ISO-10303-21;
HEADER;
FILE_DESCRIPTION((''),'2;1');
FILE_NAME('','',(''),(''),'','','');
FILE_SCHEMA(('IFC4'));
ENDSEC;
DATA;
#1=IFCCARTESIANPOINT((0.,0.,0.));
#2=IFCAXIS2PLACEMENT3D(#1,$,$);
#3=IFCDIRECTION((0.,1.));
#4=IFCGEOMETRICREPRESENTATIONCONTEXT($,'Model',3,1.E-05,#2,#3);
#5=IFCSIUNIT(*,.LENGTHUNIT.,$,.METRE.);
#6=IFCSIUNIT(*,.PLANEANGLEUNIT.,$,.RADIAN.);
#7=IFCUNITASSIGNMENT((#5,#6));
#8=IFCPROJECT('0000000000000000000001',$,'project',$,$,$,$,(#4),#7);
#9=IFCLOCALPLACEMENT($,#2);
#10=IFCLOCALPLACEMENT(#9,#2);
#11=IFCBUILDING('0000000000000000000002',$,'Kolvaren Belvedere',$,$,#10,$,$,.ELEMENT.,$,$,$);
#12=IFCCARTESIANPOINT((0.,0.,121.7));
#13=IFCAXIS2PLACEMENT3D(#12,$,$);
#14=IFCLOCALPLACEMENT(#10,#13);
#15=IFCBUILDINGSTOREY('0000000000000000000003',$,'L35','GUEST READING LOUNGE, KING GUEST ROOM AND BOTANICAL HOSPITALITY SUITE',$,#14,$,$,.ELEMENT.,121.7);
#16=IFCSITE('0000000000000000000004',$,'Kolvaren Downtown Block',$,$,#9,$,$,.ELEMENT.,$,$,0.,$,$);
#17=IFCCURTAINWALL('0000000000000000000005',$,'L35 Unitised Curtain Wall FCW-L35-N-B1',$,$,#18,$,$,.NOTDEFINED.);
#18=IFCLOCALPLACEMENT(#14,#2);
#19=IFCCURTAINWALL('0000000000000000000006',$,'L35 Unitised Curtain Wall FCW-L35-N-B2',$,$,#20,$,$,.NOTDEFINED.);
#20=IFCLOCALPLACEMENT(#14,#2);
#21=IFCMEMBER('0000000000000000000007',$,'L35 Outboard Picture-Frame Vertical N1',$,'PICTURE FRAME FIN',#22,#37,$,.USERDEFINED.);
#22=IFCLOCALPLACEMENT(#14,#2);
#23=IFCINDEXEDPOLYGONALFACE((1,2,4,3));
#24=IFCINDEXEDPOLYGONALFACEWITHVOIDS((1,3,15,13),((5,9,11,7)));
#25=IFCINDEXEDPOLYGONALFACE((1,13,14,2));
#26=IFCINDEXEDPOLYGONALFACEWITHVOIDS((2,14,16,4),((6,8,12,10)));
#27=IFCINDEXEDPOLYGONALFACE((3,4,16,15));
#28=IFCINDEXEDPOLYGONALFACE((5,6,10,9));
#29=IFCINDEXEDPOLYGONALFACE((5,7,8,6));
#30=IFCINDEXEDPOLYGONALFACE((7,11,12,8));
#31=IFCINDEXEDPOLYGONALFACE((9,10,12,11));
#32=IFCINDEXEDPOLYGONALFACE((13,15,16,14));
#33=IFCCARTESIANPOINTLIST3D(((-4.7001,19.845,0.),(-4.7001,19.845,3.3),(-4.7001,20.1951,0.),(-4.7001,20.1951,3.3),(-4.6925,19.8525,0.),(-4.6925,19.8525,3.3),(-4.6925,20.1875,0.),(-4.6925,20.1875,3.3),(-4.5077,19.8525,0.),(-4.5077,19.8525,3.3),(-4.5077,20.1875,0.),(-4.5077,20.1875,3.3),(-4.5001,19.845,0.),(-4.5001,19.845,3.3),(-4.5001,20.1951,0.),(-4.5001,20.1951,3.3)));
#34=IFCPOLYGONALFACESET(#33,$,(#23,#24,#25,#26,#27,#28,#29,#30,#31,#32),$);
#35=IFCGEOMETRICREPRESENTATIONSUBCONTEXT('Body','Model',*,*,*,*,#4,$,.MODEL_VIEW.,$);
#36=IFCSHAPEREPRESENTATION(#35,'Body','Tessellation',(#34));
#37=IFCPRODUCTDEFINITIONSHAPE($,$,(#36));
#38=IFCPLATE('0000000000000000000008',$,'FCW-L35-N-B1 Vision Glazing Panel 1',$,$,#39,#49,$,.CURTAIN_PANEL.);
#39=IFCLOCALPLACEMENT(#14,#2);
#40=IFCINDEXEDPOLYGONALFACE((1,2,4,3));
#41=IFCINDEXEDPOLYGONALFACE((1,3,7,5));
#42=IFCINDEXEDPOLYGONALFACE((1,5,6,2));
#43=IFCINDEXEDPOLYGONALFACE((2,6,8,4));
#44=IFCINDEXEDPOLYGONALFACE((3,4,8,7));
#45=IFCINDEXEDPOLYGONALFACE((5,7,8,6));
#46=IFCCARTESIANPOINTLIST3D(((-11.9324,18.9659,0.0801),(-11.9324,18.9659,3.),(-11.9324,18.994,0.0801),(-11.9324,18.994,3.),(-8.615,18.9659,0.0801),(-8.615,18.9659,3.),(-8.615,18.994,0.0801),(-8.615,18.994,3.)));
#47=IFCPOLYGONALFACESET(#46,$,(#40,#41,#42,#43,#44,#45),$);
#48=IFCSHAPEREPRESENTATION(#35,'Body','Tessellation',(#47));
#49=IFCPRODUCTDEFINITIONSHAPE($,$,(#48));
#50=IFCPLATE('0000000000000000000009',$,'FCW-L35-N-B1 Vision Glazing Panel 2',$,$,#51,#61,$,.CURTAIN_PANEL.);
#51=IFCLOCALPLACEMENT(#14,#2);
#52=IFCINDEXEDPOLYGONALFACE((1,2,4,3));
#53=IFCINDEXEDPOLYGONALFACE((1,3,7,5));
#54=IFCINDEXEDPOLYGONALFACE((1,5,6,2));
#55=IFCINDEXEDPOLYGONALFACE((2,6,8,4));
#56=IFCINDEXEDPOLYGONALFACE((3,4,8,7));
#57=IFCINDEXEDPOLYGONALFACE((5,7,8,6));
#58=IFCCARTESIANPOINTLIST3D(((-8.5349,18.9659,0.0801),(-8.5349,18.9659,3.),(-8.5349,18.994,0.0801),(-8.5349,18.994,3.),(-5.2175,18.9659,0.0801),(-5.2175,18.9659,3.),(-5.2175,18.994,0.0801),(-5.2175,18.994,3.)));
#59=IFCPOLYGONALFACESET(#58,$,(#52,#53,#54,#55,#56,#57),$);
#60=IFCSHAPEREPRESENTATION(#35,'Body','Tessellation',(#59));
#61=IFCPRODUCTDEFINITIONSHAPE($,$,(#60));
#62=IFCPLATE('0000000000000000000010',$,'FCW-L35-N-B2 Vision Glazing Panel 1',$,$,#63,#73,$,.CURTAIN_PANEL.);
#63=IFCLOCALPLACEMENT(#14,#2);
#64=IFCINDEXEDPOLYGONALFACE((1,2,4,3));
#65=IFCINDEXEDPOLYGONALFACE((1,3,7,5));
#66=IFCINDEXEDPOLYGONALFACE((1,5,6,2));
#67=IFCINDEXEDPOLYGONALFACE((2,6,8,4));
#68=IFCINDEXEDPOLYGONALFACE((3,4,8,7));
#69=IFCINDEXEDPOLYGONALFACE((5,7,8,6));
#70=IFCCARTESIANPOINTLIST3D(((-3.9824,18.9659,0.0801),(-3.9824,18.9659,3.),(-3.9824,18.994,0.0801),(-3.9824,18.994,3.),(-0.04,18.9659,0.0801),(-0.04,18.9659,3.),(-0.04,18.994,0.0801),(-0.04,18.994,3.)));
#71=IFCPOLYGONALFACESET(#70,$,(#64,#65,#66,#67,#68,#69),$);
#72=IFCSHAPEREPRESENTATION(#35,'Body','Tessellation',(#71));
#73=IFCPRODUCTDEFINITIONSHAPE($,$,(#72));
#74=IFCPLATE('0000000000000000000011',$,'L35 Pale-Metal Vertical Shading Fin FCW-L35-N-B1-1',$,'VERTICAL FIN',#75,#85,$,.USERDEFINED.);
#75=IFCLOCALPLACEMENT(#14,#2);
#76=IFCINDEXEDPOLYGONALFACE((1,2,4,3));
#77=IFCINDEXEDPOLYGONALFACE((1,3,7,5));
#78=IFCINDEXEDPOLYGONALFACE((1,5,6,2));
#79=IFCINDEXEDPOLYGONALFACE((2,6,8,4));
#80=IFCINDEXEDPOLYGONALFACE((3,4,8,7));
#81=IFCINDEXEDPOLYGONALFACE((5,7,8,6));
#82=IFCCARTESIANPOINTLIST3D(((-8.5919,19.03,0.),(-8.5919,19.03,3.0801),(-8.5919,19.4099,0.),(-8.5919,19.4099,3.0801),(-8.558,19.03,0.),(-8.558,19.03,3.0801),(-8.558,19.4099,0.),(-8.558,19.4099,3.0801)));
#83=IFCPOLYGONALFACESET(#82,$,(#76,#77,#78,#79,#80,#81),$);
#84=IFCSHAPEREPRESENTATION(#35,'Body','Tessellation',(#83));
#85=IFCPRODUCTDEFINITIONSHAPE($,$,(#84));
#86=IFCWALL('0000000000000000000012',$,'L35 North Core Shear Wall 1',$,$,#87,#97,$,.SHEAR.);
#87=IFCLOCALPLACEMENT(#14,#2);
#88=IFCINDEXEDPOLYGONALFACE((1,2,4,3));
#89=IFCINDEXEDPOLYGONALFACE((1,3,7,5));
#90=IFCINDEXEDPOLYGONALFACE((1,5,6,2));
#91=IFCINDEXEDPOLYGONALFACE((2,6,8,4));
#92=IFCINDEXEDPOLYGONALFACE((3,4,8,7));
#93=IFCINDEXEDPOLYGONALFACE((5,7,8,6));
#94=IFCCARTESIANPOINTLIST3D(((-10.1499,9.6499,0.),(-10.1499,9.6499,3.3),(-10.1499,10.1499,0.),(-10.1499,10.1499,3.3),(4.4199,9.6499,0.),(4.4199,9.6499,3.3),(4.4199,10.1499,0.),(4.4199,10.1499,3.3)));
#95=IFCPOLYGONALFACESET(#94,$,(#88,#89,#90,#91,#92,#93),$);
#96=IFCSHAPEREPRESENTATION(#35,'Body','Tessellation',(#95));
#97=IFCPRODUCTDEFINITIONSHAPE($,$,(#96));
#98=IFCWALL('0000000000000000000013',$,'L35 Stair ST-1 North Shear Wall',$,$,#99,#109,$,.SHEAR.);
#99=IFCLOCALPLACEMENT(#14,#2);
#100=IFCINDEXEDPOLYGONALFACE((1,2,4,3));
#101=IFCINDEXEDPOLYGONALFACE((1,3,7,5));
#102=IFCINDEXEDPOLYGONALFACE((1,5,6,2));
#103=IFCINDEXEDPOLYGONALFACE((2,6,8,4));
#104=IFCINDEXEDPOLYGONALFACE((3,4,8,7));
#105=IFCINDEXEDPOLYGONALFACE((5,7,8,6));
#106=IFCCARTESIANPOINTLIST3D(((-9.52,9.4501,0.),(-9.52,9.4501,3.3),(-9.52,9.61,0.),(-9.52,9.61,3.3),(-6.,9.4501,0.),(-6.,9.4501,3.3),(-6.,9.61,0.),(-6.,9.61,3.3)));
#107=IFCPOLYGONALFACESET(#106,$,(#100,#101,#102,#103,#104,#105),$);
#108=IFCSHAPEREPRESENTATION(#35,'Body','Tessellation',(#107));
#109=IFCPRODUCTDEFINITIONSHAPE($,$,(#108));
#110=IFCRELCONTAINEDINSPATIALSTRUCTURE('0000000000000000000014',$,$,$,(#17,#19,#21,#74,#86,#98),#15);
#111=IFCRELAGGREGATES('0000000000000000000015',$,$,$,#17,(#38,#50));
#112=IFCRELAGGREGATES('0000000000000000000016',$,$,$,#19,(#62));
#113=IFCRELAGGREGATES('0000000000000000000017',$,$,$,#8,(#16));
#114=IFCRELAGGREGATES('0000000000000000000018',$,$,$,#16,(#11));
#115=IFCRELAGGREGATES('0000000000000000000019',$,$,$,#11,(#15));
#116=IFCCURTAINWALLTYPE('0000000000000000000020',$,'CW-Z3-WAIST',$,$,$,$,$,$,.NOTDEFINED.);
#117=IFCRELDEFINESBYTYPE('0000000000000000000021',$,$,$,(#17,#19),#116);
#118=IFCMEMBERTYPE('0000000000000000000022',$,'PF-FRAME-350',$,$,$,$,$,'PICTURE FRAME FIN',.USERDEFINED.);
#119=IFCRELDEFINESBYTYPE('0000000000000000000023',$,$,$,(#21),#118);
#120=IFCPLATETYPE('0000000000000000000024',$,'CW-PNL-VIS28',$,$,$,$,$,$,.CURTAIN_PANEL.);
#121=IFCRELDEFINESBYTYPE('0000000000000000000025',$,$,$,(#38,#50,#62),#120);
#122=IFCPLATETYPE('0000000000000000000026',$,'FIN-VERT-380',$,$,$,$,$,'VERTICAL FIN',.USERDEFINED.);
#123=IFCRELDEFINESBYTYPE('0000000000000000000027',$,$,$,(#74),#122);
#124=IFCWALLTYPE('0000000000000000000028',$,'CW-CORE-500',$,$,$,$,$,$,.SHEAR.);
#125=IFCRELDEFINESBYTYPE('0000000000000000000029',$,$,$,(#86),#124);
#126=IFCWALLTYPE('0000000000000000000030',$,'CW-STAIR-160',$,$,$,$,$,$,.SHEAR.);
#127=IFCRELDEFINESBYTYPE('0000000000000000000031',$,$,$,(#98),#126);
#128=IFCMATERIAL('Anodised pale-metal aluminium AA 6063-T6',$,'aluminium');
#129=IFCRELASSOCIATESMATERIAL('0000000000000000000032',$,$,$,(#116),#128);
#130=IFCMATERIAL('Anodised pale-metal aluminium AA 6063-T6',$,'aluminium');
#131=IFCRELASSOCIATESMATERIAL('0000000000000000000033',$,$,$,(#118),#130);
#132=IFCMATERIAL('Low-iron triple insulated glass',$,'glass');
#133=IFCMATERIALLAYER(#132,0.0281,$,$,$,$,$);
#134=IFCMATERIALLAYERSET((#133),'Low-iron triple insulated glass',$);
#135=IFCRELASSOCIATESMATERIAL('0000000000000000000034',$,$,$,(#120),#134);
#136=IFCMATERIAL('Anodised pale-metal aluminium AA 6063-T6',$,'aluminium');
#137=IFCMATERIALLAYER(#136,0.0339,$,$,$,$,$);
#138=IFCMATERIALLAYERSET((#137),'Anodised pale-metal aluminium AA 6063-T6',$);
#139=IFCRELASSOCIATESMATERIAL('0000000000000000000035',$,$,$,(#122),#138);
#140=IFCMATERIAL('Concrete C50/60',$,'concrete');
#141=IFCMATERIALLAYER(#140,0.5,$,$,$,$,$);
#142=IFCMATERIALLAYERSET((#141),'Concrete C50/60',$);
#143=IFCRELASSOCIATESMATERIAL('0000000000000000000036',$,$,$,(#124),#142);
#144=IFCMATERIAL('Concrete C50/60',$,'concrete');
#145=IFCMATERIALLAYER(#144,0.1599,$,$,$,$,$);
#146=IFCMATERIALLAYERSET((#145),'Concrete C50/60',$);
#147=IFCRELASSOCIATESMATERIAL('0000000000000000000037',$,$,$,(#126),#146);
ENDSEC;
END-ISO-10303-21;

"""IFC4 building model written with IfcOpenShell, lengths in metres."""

from ifc_helpers import new_model, si_unit, direction, frame, frame_2d, origin, origin_2d, place, context, subcontext, project, spatial, rectangle, hollow_rectangle, extrude, material, layer, layer_set, material_profile, profile_set, type_object, element, aggregate, save


model = new_model("IFC4")

# Units and contexts
model_context = context("Model", 3, precision=1e-05, world=origin(), true_north=direction((0.0, 1.0)))
body_context = subcontext(model_context, "Body", "Model", "MODEL_VIEW")
ifc_project = project(units=[si_unit("LENGTHUNIT", "METRE"), si_unit("PLANEANGLEUNIT", "RADIAN")], contexts=[model_context])

# Site, building, storey
site_placement = place(None, origin())
site = spatial("IfcSite", under=ifc_project, at=site_placement, Name="Kolvaren Downtown Block", CompositionType="ELEMENT", RefElevation=0.0)
building_placement = place(site_placement, origin())
building = spatial("IfcBuilding", under=site, at=building_placement, Name="Kolvaren Belvedere", CompositionType="ELEMENT")
storey_placement = place(building_placement, frame((0.0, 0.0, 121.7)))
storey = spatial("IfcBuildingStorey", under=building, at=storey_placement, Name="L35", Description="GUEST READING LOUNGE, KING GUEST ROOM AND BOTANICAL HOSPITALITY SUITE", CompositionType="ELEMENT", Elevation=121.7)

# Curtain wall
ifc_material_1 = material(Name="Anodised pale-metal aluminium AA 6063-T6", Category="aluminium")
curtain_wall_type = type_object("IfcCurtainWallType", Name="CW-Z3-WAIST", PredefinedType="NOTDEFINED", material=ifc_material_1)
curtain_wall_1_placement = place(storey_placement, origin())
curtain_wall_1 = element("IfcCurtainWall", 1, at=curtain_wall_1_placement, inside=storey, type_object=curtain_wall_type, Name="L35 Unitised Curtain Wall FCW-L35-N-B1", PredefinedType="NOTDEFINED")

# Curtain wall
curtain_wall_2_placement = place(storey_placement, origin())
curtain_wall_2 = element("IfcCurtainWall", 2, at=curtain_wall_2_placement, inside=storey, type_object=curtain_wall_type, Name="L35 Unitised Curtain Wall FCW-L35-N-B2", PredefinedType="NOTDEFINED")

# Member
ifc_material_2 = material(Name="Anodised pale-metal aluminium AA 6063-T6", Category="aluminium")
ifc_material_profile_1 = material_profile(ifc_material_2, hollow_rectangle(XDim=0.2, YDim=0.3501, WallThickness=0.0076, at=origin_2d()), Name="ALU-PF-350X200")
ifc_profile_set_1 = profile_set([ifc_material_profile_1], Name="Anodised pale-metal aluminium AA 6063-T6")
member_type_1 = type_object("IfcMemberType", Name="PF-FRAME-350", ElementType="PICTURE FRAME FIN", PredefinedType="USERDEFINED", material=ifc_profile_set_1)
member_1_placement = place(storey_placement, frame((-4.6001, 20.02, 0.0), z_axis=(0.0, 0.0, 1.0), x_axis=(1.0, 0.0, 0.0)))
element("IfcMember", 3, at=member_1_placement, inside=storey, type_object=member_type_1, Name="L35 Outboard Picture-Frame Vertical N1", ObjectType="PICTURE FRAME FIN", PredefinedType="USERDEFINED", context=body_context, shape_type="SweptSolid", body=[
    extrude(hollow_rectangle(XDim=0.2, YDim=0.3501, WallThickness=0.0076, at=origin_2d()), origin(), (0.0, 0.0, 1.0), 3.3),
])

# Plates
ifc_material_3 = material(Name="Low-iron triple insulated glass", Category="glass")
ifc_layer_1 = layer(ifc_material_3, 0.0281)
ifc_layer_set_1 = layer_set([ifc_layer_1], Name="Low-iron triple insulated glass")
plate_type_1 = type_object("IfcPlateType", Name="CW-PNL-VIS28", PredefinedType="CURTAIN_PANEL", material=ifc_layer_set_1)
plate_1_placement = place(storey_placement, frame((-10.2737, 18.98, 0.0801), z_axis=(0.0, 0.0, 1.0), x_axis=(1.0, 0.0, 0.0)))
plate_1 = element("IfcPlate", 4, at=plate_1_placement, type_object=plate_type_1, Name="FCW-L35-N-B1 Vision Glazing Panel 1", PredefinedType="CURTAIN_PANEL", context=body_context, shape_type="SweptSolid", body=[
    extrude(rectangle(XDim=3.3174, YDim=0.0281, at=origin_2d()), origin(), (0.0, 0.0, 1.0), 2.9199),
])
plate_2_placement = place(storey_placement, frame((-6.8762, 18.98, 0.0801), z_axis=(0.0, 0.0, 1.0), x_axis=(1.0, 0.0, 0.0)))
plate_2 = element("IfcPlate", 5, at=plate_2_placement, type_object=plate_type_1, Name="FCW-L35-N-B1 Vision Glazing Panel 2", PredefinedType="CURTAIN_PANEL", context=body_context, shape_type="SweptSolid", body=[
    extrude(rectangle(XDim=3.3174, YDim=0.0281, at=origin_2d()), origin(), (0.0, 0.0, 1.0), 2.9199),
])
aggregate(curtain_wall_1, [plate_1, plate_2])
plate_3_placement = place(storey_placement, frame((-2.0112, 18.98, 0.0801), z_axis=(0.0, 0.0, 1.0), x_axis=(1.0, 0.0, 0.0)))
plate_3 = element("IfcPlate", 6, at=plate_3_placement, type_object=plate_type_1, Name="FCW-L35-N-B2 Vision Glazing Panel 1", PredefinedType="CURTAIN_PANEL", context=body_context, shape_type="SweptSolid", body=[
    extrude(rectangle(XDim=3.9424, YDim=0.0281, at=origin_2d()), origin(), (0.0, 0.0, 1.0), 2.9199),
])
aggregate(curtain_wall_2, [plate_3])
ifc_material_4 = material(Name="Anodised pale-metal aluminium AA 6063-T6", Category="aluminium")
ifc_layer_2 = layer(ifc_material_4, 0.0339)
ifc_layer_set_2 = layer_set([ifc_layer_2], Name="Anodised pale-metal aluminium AA 6063-T6")
plate_type_2 = type_object("IfcPlateType", Name="FIN-VERT-380", ElementType="VERTICAL FIN", PredefinedType="USERDEFINED", material=ifc_layer_set_2)
plate_4_placement = place(storey_placement, frame((-8.575, 19.22, 0.0), z_axis=(0.0, 0.0, 1.0), x_axis=(0.0, 1.0, 0.0)))
element("IfcPlate", 7, at=plate_4_placement, inside=storey, type_object=plate_type_2, Name="L35 Pale-Metal Vertical Shading Fin FCW-L35-N-B1-1", ObjectType="VERTICAL FIN", PredefinedType="USERDEFINED", context=body_context, shape_type="SweptSolid", body=[
    extrude(rectangle(XDim=0.3799, YDim=0.0339, at=origin_2d()), origin(), (0.0, 0.0, 1.0), 3.0801),
])

# Walls
ifc_material_5 = material(Name="Concrete C50/60", Category="concrete")
ifc_layer_3 = layer(ifc_material_5, 0.5)
ifc_layer_set_3 = layer_set([ifc_layer_3], Name="Concrete C50/60")
wall_type_1 = type_object("IfcWallType", Name="CW-CORE-500", PredefinedType="SHEAR", material=ifc_layer_set_3)
wall_1_placement = place(storey_placement, frame((-10.1499, 9.8999, 0.0), z_axis=(0.0, 0.0, 1.0), x_axis=(1.0, 0.0, 0.0)))
element("IfcWall", 8, at=wall_1_placement, inside=storey, type_object=wall_type_1, Name="L35 North Core Shear Wall 1", PredefinedType="SHEAR", context=body_context, shape_type="SweptSolid", body=[
    extrude(rectangle(XDim=14.5698, YDim=0.5, at=frame_2d((7.2849, 0.0))), origin(), (0.0, 0.0, 1.0), 3.3),
])
ifc_material_6 = material(Name="Concrete C50/60", Category="concrete")
ifc_layer_4 = layer(ifc_material_6, 0.1599)
ifc_layer_set_4 = layer_set([ifc_layer_4], Name="Concrete C50/60")
wall_type_2 = type_object("IfcWallType", Name="CW-STAIR-160", PredefinedType="SHEAR", material=ifc_layer_set_4)
wall_2_placement = place(storey_placement, frame((-9.52, 9.53, 0.0), z_axis=(0.0, 0.0, 1.0), x_axis=(1.0, 0.0, 0.0)))
element("IfcWall", 9, at=wall_2_placement, inside=storey, type_object=wall_type_2, Name="L35 Stair ST-1 North Shear Wall", PredefinedType="SHEAR", context=body_context, shape_type="SweptSolid", body=[
    extrude(rectangle(XDim=3.52, YDim=0.1599, at=frame_2d((1.76, 0.0))), origin(), (0.0, 0.0, 1.0), 3.3),
])

save(model, "model.ifc")
